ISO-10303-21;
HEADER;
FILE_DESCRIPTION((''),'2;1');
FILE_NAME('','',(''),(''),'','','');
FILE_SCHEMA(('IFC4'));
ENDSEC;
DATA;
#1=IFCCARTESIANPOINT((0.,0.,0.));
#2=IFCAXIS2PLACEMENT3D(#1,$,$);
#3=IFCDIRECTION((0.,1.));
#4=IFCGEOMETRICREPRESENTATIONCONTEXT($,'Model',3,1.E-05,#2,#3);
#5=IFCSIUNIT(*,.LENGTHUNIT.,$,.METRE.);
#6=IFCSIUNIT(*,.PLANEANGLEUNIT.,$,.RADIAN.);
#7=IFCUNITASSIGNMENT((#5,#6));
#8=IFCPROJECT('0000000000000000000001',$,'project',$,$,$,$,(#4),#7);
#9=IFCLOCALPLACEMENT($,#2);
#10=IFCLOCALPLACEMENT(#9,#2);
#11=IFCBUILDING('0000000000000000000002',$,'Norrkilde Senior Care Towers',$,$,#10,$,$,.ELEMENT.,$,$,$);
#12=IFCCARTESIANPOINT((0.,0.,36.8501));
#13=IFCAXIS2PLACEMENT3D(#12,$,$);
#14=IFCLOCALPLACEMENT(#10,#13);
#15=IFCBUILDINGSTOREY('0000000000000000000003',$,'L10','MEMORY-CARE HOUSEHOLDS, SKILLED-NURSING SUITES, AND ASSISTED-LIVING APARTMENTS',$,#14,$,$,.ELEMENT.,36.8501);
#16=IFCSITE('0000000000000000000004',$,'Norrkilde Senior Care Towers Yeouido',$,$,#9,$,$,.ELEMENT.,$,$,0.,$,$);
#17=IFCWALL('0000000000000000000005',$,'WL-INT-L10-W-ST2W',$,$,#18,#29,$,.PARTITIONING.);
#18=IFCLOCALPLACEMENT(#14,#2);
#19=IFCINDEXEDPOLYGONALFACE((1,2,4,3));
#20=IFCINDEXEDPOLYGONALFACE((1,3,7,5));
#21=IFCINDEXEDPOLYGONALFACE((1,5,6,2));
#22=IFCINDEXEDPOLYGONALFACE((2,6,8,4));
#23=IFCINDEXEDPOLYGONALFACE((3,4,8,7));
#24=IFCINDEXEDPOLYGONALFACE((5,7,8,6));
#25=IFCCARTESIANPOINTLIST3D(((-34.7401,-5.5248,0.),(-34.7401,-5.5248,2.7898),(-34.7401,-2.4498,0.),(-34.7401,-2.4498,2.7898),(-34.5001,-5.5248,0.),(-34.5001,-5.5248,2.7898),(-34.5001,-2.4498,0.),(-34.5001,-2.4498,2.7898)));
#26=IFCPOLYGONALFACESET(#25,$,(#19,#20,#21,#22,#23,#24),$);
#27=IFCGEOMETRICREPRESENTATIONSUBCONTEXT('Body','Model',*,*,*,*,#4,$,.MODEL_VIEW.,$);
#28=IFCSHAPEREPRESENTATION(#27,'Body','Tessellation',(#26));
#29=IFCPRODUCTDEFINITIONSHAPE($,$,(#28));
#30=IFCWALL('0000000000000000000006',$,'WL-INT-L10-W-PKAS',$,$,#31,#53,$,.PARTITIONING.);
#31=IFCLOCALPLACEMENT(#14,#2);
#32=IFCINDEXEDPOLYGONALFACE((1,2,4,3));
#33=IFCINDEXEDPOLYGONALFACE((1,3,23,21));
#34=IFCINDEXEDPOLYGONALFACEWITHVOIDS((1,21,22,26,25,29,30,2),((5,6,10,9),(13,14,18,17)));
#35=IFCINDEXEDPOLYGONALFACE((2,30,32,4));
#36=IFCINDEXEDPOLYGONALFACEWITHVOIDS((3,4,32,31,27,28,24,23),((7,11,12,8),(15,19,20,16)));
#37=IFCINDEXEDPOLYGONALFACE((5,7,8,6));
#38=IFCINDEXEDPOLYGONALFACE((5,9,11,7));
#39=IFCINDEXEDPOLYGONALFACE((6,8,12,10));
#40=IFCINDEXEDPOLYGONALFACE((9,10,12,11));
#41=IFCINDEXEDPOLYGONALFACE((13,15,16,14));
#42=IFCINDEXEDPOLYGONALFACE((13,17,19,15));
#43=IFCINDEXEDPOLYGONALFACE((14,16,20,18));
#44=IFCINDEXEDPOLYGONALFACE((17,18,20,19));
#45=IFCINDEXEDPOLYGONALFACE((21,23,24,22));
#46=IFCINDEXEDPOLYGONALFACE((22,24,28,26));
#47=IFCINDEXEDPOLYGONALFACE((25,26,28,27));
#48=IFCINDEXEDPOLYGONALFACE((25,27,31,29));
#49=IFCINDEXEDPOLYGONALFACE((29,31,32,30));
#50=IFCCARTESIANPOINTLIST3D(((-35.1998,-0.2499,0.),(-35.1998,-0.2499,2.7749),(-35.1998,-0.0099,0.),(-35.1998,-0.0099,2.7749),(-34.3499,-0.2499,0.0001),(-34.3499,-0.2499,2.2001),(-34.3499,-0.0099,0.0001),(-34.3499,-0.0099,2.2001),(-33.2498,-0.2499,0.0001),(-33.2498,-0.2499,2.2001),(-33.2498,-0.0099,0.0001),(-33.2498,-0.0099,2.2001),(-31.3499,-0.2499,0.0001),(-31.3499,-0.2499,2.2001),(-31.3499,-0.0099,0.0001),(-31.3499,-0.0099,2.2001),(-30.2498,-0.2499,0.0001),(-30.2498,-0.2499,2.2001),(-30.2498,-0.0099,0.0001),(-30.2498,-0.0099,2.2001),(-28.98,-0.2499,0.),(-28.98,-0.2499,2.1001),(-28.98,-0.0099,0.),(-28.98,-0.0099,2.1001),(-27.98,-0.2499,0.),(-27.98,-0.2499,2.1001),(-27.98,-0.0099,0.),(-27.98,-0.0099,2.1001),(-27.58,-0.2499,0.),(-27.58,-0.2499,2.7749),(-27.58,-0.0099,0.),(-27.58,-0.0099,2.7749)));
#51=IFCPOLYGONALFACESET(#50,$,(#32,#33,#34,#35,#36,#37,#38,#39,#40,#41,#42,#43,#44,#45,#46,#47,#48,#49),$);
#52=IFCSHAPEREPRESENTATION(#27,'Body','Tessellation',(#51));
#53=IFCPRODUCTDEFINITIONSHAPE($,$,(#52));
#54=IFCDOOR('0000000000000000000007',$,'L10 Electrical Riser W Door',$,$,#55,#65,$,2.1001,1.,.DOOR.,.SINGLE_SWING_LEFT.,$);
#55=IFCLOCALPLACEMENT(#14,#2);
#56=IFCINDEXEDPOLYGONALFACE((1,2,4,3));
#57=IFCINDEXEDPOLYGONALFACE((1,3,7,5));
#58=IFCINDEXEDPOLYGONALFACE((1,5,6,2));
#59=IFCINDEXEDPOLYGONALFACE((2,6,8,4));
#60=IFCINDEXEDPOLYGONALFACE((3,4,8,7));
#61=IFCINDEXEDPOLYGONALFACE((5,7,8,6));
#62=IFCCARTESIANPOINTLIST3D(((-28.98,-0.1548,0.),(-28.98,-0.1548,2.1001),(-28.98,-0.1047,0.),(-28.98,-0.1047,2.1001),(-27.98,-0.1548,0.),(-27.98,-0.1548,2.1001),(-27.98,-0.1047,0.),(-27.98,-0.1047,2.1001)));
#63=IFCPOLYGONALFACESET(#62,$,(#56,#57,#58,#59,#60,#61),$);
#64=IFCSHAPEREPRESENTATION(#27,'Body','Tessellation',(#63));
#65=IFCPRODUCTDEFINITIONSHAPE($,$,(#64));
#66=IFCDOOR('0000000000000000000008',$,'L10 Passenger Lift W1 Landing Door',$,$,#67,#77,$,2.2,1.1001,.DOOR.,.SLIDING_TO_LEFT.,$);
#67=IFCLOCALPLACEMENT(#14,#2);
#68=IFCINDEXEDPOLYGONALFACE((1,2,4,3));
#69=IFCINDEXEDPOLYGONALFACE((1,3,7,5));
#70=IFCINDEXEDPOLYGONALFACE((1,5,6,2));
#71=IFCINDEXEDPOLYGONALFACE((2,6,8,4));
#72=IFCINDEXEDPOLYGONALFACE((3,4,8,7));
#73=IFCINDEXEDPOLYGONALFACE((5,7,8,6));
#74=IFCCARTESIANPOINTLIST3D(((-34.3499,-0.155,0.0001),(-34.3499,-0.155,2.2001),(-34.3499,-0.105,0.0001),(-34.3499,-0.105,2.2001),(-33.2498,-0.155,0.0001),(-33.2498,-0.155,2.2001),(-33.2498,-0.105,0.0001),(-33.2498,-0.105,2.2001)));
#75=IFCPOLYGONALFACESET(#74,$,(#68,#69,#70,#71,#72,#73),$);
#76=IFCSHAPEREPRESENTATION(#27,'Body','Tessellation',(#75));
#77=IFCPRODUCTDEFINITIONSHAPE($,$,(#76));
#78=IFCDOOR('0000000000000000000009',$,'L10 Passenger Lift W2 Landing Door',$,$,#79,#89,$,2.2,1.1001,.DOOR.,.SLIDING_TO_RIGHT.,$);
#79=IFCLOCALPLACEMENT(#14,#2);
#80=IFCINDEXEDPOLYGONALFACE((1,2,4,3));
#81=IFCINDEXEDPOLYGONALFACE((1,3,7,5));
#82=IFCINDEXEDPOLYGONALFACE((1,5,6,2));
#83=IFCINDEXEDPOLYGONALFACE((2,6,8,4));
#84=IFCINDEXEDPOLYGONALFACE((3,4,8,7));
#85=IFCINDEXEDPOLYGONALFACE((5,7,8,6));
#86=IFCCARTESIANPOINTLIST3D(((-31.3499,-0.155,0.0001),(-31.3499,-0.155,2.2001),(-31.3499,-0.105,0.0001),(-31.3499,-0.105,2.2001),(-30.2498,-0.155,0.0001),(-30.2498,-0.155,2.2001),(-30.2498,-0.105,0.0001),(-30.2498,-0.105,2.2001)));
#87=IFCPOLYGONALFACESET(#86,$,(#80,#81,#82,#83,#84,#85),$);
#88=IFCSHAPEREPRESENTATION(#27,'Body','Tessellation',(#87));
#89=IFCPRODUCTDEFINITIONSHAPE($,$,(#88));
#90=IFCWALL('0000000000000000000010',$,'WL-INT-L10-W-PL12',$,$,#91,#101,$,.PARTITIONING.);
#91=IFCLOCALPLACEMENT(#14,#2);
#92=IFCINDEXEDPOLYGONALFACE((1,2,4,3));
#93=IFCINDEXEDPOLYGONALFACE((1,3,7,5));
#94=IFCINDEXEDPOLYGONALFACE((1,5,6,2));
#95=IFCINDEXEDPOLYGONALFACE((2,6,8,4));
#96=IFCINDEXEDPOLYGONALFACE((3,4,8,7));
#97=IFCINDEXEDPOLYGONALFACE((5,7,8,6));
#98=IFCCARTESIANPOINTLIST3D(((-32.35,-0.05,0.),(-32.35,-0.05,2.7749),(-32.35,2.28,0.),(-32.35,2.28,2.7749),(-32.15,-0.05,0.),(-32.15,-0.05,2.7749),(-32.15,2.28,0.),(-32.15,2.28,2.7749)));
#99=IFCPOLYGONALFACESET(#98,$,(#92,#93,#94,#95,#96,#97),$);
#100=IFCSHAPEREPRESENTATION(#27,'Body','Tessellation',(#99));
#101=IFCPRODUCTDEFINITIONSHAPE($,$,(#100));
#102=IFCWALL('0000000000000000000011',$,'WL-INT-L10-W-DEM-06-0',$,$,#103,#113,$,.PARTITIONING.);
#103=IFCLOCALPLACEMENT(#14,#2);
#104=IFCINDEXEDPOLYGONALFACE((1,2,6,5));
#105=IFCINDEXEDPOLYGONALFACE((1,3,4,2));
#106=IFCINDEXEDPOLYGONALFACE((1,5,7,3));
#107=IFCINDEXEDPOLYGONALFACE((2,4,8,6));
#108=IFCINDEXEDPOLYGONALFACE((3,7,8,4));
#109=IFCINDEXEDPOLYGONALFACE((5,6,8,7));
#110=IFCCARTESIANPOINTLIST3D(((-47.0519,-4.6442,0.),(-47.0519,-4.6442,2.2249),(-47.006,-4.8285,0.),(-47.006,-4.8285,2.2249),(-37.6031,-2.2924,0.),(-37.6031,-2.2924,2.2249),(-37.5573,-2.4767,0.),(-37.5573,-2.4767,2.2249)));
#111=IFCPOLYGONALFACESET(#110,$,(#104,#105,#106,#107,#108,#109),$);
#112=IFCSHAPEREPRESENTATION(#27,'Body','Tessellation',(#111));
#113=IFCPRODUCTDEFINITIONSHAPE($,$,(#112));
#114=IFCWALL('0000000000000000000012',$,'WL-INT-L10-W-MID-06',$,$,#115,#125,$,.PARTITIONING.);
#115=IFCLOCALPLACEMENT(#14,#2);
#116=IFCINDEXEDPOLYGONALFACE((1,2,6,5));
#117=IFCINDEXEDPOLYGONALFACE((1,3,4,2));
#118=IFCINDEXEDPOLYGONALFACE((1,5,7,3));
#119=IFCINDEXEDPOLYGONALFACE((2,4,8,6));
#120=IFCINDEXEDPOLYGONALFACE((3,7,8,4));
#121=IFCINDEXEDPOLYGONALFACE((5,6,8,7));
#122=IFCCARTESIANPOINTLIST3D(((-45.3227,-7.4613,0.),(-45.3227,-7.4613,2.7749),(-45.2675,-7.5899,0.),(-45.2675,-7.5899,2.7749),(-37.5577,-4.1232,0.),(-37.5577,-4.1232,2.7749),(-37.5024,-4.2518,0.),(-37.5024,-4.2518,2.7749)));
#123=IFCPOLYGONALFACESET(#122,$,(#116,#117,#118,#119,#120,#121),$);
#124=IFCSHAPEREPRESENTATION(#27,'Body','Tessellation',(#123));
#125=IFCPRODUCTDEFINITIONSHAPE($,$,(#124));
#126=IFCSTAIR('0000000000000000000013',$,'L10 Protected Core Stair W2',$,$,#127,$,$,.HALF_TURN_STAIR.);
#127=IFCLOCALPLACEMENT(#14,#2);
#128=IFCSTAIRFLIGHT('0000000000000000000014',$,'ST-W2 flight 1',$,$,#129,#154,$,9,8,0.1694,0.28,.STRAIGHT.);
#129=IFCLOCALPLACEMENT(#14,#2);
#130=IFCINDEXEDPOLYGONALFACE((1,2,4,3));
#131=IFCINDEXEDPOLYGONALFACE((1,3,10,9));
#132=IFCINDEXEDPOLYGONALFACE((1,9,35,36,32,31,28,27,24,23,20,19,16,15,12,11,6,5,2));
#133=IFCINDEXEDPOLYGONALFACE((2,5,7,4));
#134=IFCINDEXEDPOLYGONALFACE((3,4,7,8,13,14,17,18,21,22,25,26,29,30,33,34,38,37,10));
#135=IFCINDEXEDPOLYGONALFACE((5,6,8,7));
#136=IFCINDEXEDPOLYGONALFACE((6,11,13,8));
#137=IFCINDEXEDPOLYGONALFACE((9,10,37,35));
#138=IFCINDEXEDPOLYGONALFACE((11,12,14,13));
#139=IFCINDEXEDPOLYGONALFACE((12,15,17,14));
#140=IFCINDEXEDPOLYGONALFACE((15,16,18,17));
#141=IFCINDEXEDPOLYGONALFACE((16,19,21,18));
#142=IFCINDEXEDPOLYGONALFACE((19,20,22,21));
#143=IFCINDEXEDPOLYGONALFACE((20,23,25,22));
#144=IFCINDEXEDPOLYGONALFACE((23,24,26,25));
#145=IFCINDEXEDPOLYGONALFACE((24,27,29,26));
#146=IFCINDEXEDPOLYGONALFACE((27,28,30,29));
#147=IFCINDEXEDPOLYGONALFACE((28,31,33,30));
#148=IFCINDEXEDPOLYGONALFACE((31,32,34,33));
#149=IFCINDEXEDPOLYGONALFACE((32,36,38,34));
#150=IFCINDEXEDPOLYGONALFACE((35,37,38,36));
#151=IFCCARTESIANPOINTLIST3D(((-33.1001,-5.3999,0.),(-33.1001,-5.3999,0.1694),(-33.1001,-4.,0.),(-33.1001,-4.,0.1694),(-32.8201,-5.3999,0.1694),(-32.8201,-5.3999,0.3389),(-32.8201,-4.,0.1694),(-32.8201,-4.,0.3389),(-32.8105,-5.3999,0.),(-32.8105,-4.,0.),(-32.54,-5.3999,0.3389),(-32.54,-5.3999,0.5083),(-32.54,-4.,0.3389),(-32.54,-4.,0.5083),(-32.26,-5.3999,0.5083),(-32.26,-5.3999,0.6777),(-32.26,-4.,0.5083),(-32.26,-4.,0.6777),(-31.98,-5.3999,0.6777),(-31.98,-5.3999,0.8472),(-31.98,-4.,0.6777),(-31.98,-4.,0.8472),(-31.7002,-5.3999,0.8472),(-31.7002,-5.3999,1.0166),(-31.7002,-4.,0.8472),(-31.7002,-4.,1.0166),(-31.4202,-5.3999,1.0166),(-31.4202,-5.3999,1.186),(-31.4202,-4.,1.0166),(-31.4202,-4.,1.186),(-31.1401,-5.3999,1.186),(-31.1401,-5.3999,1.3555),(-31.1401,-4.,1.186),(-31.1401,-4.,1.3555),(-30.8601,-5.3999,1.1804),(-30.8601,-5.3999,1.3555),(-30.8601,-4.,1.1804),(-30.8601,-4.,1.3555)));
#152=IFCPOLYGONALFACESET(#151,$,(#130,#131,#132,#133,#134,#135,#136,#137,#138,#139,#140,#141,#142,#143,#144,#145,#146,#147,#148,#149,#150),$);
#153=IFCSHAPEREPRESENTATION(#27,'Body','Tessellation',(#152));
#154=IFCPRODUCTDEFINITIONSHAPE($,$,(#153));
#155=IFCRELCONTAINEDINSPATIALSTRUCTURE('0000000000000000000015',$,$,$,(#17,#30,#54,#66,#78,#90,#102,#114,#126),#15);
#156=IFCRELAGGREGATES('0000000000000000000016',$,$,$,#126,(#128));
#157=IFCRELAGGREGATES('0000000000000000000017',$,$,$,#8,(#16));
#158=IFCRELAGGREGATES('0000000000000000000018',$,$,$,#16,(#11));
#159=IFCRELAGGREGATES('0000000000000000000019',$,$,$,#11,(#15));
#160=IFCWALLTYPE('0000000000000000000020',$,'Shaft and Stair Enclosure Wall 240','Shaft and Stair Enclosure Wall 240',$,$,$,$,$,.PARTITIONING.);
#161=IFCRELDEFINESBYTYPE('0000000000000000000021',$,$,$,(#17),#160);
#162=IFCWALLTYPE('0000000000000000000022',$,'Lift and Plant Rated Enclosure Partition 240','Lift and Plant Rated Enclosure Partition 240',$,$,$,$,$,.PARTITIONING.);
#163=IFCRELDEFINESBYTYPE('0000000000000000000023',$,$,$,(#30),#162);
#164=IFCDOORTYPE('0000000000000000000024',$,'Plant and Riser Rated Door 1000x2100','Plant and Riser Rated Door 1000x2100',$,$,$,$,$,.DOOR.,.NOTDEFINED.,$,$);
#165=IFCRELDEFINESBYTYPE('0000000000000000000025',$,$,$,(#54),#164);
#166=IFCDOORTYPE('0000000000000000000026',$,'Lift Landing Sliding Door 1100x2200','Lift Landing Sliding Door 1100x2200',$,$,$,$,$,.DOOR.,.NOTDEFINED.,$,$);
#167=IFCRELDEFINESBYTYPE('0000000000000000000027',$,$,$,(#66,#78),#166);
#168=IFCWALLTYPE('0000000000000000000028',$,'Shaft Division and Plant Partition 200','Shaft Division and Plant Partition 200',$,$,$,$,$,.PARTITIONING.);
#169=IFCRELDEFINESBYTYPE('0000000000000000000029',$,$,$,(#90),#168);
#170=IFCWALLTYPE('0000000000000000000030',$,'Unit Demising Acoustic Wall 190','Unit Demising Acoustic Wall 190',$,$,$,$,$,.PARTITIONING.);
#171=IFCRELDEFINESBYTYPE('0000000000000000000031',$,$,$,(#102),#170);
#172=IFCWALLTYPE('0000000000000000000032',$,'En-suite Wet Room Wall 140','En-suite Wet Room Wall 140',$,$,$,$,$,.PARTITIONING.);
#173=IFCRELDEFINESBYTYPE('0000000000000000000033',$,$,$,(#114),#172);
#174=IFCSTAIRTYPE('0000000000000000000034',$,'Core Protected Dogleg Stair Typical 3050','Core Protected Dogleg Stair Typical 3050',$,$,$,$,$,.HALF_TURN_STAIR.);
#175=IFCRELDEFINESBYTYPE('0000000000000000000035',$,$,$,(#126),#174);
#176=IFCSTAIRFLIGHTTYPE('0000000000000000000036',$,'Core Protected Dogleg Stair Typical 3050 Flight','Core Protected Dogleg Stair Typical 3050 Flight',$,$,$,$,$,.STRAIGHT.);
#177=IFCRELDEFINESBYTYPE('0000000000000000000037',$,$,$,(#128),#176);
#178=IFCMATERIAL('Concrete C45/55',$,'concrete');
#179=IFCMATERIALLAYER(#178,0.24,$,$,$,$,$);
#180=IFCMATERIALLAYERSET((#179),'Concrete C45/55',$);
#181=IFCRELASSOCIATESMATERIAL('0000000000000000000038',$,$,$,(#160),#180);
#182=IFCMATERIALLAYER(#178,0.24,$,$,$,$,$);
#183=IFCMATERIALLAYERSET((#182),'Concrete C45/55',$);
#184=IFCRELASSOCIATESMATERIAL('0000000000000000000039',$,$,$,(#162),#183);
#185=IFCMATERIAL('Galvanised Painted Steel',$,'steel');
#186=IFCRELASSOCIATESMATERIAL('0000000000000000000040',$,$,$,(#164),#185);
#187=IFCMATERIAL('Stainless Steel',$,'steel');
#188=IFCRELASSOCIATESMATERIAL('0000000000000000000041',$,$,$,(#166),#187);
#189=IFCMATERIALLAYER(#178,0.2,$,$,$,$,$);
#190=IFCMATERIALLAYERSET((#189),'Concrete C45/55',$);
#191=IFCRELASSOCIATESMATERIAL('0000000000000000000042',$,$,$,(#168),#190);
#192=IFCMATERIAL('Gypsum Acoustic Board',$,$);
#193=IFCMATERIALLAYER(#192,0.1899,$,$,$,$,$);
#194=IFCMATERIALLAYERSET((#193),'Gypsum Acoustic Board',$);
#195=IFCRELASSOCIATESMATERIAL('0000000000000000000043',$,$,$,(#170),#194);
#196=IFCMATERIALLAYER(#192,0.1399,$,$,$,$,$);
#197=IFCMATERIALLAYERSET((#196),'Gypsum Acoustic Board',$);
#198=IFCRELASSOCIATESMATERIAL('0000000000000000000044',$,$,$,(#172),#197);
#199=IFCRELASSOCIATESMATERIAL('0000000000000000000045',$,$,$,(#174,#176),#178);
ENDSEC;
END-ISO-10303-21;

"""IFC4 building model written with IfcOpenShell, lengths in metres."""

from ifc_helpers import new_model, si_unit, direction, frame, frame_2d, origin, place, context, subcontext, project, spatial, polyline, rectangle, outline, extrude, source, transform, mapped, material, layer, layer_set, type_object, type_shapes, element, fill, aggregate, save


model = new_model("IFC4")

# Units and contexts
model_context = context("Model", 3, precision=1e-05, world=origin(), true_north=direction((0.0, 1.0)))
body_context = subcontext(model_context, "Body", "Model", "MODEL_VIEW")
ifc_project = project(units=[si_unit("LENGTHUNIT", "METRE"), si_unit("PLANEANGLEUNIT", "RADIAN")], contexts=[model_context])

# Site, building, storey
site_placement = place(None, origin())
site = spatial("IfcSite", under=ifc_project, at=site_placement, Name="Norrkilde Senior Care Towers Yeouido", CompositionType="ELEMENT", RefElevation=0.0)
building_placement = place(site_placement, origin())
building = spatial("IfcBuilding", under=site, at=building_placement, Name="Norrkilde Senior Care Towers", CompositionType="ELEMENT")
storey_placement = place(building_placement, frame((0.0, 0.0, 36.8501)))
storey = spatial("IfcBuildingStorey", under=building, at=storey_placement, Name="L10", Description="MEMORY-CARE HOUSEHOLDS, SKILLED-NURSING SUITES, AND ASSISTED-LIVING APARTMENTS", CompositionType="ELEMENT", Elevation=36.8501)

# Shared definitions
ifc_material_1 = material(Name="Galvanised Painted Steel", Category="steel")

# Shared definitions
ifc_material_2 = material(Name="Concrete C45/55", Category="concrete")
ifc_layer_1 = layer(ifc_material_2, 0.24)
ifc_layer_set_1 = layer_set([ifc_layer_1], Name="Concrete C45/55")
wall_type_1 = type_object("IfcWallType", Name="Shaft and Stair Enclosure Wall 240", Description="Shaft and Stair Enclosure Wall 240", PredefinedType="PARTITIONING", material=ifc_layer_set_1)

# Wall
shared_shape_1 = source(origin(), body_context, "Body", "SweptSolid", [
    extrude(rectangle(XDim=3.075, YDim=0.24, at=frame_2d((1.5376, 0.0))), origin(), (0.0, 0.0, 1.0), 2.7898),
])
wall_1_placement = place(storey_placement, frame((-34.6201, -5.5249, 0.0), z_axis=(0.0, 0.0, 1.0), x_axis=(0.0, 1.0, 0.0)))
element("IfcWall", 1, at=wall_1_placement, inside=storey, type_object=wall_type_1, Name="WL-INT-L10-W-ST2W", PredefinedType="PARTITIONING", context=body_context, shape_type="MappedRepresentation", body=[
    mapped(shared_shape_1, transform((0.0, 0.0, 0.0), x_axis=(1.0, 0.0, 0.0), y_axis=(0.0, 1.0, 0.0), z_axis=(0.0, 0.0, 1.0), scale=1.0)),
])

# Wall, openings, doors
ifc_layer_2 = layer(ifc_material_2, 0.24)
ifc_layer_set_2 = layer_set([ifc_layer_2], Name="Concrete C45/55")
wall_type_2 = type_object("IfcWallType", Name="Lift and Plant Rated Enclosure Partition 240", Description="Lift and Plant Rated Enclosure Partition 240", PredefinedType="PARTITIONING", material=ifc_layer_set_2)
shared_shape_2 = source(origin(), body_context, "Body", "SweptSolid", [
    extrude(rectangle(XDim=7.6199, YDim=0.24, at=frame_2d((3.8101, 0.0))), origin(), (0.0, 0.0, 1.0), 2.7749),
])
type_shapes(wall_type_2, [shared_shape_2])
wall_2_placement = place(storey_placement, frame((-35.2, -0.1299, 0.0), z_axis=(0.0, 0.0, 1.0), x_axis=(1.0, 0.0, 0.0)))
wall_2 = element("IfcWall", 2, at=wall_2_placement, inside=storey, type_object=wall_type_2, Name="WL-INT-L10-W-PKAS", PredefinedType="PARTITIONING", context=body_context, shape_type="MappedRepresentation", body=[
    mapped(shared_shape_2, transform((0.0, 0.0, 0.0), x_axis=(1.0, 0.0, 0.0), y_axis=(0.0, 1.0, 0.0), z_axis=(0.0, 0.0, 1.0), scale=1.0)),
])
opening_1_placement = place(wall_2_placement, frame((6.22, 0.0, 0.0)))
opening_1 = element("IfcOpeningElement", 3, at=opening_1_placement, cuts=wall_2, PredefinedType="OPENING", context=body_context, shape_type="SweptSolid", body=[
    extrude(rectangle(XDim=1.0, YDim=2.1001, at=frame_2d((0.5, 1.05))), frame((0.0, 0.1299, 0.0), z_axis=(0.0, -1.0, 0.0), x_axis=(1.0, 0.0, 0.0)), (0.0, 0.0, 1.0), 0.26),
])
opening_2_placement = place(wall_2_placement, frame((0.8501, 0.0, 0.0)))
opening_2 = element("IfcOpeningElement", 4, at=opening_2_placement, cuts=wall_2, PredefinedType="OPENING", context=body_context, shape_type="SweptSolid", body=[
    extrude(rectangle(XDim=1.1001, YDim=2.2, at=frame_2d((0.55, 1.1001))), frame((0.0, 0.1299, 0.0), z_axis=(0.0, -1.0, 0.0), x_axis=(1.0, 0.0, 0.0)), (0.0, 0.0, 1.0), 0.26),
])
opening_3_placement = place(wall_2_placement, frame((3.8501, 0.0, 0.0)))
opening_3 = element("IfcOpeningElement", 5, at=opening_3_placement, cuts=wall_2, PredefinedType="OPENING", context=body_context, shape_type="SweptSolid", body=[
    extrude(rectangle(XDim=1.1001, YDim=2.2, at=frame_2d((0.55, 1.1001))), frame((0.0, 0.1299, 0.0), z_axis=(0.0, -1.0, 0.0), x_axis=(1.0, 0.0, 0.0)), (0.0, 0.0, 1.0), 0.26),
])
door_type_1 = type_object("IfcDoorType", Name="Plant and Riser Rated Door 1000x2100", Description="Plant and Riser Rated Door 1000x2100", OperationType="NOTDEFINED", PredefinedType="DOOR", material=ifc_material_1)
shared_shape_3 = source(origin(), body_context, "Body", "SweptSolid", [
    extrude(rectangle(XDim=1.0, YDim=2.1001, at=frame_2d((0.5, 1.05))), frame((0.0, 0.0249, 0.0), z_axis=(0.0, -1.0, 0.0), x_axis=(1.0, 0.0, 0.0)), (0.0, 0.0, 1.0), 0.05),
])
type_shapes(door_type_1, [shared_shape_3])
door_1_placement = place(opening_1_placement, frame((1.0, 0.0, 0.0), z_axis=(0.0, 0.0, 1.0), x_axis=(-1.0, 0.0, 0.0)))
door_1 = element("IfcDoor", 6, at=door_1_placement, inside=storey, type_object=door_type_1, Name="L10 Electrical Riser W Door", OperationType="SINGLE_SWING_LEFT", OverallHeight=2.1001, OverallWidth=1.0, PredefinedType="DOOR", context=body_context, shape_type="MappedRepresentation", body=[
    mapped(shared_shape_3, transform((0.0, 0.0, 0.0), x_axis=(1.0, 0.0, 0.0), y_axis=(0.0, 1.0, 0.0), z_axis=(0.0, 0.0, 1.0), scale=1.0)),
])
fill(opening_1, door_1)
ifc_material_3 = material(Name="Stainless Steel", Category="steel")
door_type_2 = type_object("IfcDoorType", Name="Lift Landing Sliding Door 1100x2200", Description="Lift Landing Sliding Door 1100x2200", OperationType="NOTDEFINED", PredefinedType="DOOR", material=ifc_material_3)
shared_shape_4 = source(origin(), body_context, "Body", "SweptSolid", [
    extrude(rectangle(XDim=1.1001, YDim=2.2, at=frame_2d((0.55, 1.1001))), frame((0.0, 0.0249, 0.0), z_axis=(0.0, -1.0, 0.0), x_axis=(1.0, 0.0, 0.0)), (0.0, 0.0, 1.0), 0.05),
])
type_shapes(door_type_2, [shared_shape_4])
door_2_placement = place(opening_2_placement, origin())
door_2 = element("IfcDoor", 7, at=door_2_placement, inside=storey, type_object=door_type_2, Name="L10 Passenger Lift W1 Landing Door", OperationType="SLIDING_TO_LEFT", OverallHeight=2.2, OverallWidth=1.1001, PredefinedType="DOOR", context=body_context, shape_type="MappedRepresentation", body=[
    mapped(shared_shape_4, transform((0.0, 0.0, 0.0), x_axis=(1.0, 0.0, 0.0), y_axis=(0.0, 1.0, 0.0), z_axis=(0.0, 0.0, 1.0), scale=1.0)),
])
fill(opening_2, door_2)
door_3_placement = place(opening_3_placement, origin())
door_3 = element("IfcDoor", 8, at=door_3_placement, inside=storey, type_object=door_type_2, Name="L10 Passenger Lift W2 Landing Door", OperationType="SLIDING_TO_RIGHT", OverallHeight=2.2, OverallWidth=1.1001, PredefinedType="DOOR", context=body_context, shape_type="MappedRepresentation", body=[
    mapped(shared_shape_4, transform((0.0, 0.0, 0.0), x_axis=(1.0, 0.0, 0.0), y_axis=(0.0, 1.0, 0.0), z_axis=(0.0, 0.0, 1.0), scale=1.0)),
])
fill(opening_3, door_3)

# Walls
ifc_layer_3 = layer(ifc_material_2, 0.2)
ifc_layer_set_3 = layer_set([ifc_layer_3], Name="Concrete C45/55")
wall_type_3 = type_object("IfcWallType", Name="Shaft Division and Plant Partition 200", Description="Shaft Division and Plant Partition 200", PredefinedType="PARTITIONING", material=ifc_layer_set_3)
shared_shape_5 = source(origin(), body_context, "Body", "SweptSolid", [
    extrude(rectangle(XDim=2.3301, YDim=0.2, at=frame_2d((1.165, 0.0))), origin(), (0.0, 0.0, 1.0), 2.7749),
])
type_shapes(wall_type_3, [shared_shape_5])
wall_3_placement = place(storey_placement, frame((-32.25, -0.05, 0.0), z_axis=(0.0, 0.0, 1.0), x_axis=(0.0, 1.0, 0.0)))
element("IfcWall", 9, at=wall_3_placement, inside=storey, type_object=wall_type_3, Name="WL-INT-L10-W-PL12", PredefinedType="PARTITIONING", context=body_context, shape_type="MappedRepresentation", body=[
    mapped(shared_shape_5, transform((0.0, 0.0, 0.0), x_axis=(1.0, 0.0, 0.0), y_axis=(0.0, 1.0, 0.0), z_axis=(0.0, 0.0, 1.0), scale=1.0)),
])
ifc_material_4 = material(Name="Gypsum Acoustic Board")
ifc_layer_4 = layer(ifc_material_4, 0.1899)
ifc_layer_set_4 = layer_set([ifc_layer_4], Name="Gypsum Acoustic Board")
wall_type_4 = type_object("IfcWallType", Name="Unit Demising Acoustic Wall 190", Description="Unit Demising Acoustic Wall 190", PredefinedType="PARTITIONING", material=ifc_layer_set_4)
shared_shape_6 = source(origin(), body_context, "Body", "SweptSolid", [
    extrude(rectangle(XDim=9.7371, YDim=0.1899, at=frame_2d((4.8687, 0.0))), origin(), (0.0, 0.0, 1.0), 2.2249),
])
type_shapes(wall_type_4, [shared_shape_6])
wall_4_placement = place(storey_placement, frame((-37.5801, -2.3845, 0.0), z_axis=(0.0, 0.0, 1.0), x_axis=(-0.970393, -0.241533, 0.0)))
element("IfcWall", 10, at=wall_4_placement, inside=storey, type_object=wall_type_4, Name="WL-INT-L10-W-DEM-06-0", PredefinedType="PARTITIONING", context=body_context, shape_type="MappedRepresentation", body=[
    mapped(shared_shape_6, transform((0.0, 0.0, 0.0), x_axis=(1.0, 0.0, 0.0), y_axis=(0.0, 1.0, 0.0), z_axis=(0.0, 0.0, 1.0), scale=1.0)),
])
ifc_layer_5 = layer(ifc_material_4, 0.1399)
ifc_layer_set_5 = layer_set([ifc_layer_5], Name="Gypsum Acoustic Board")
wall_type_5 = type_object("IfcWallType", Name="En-suite Wet Room Wall 140", Description="En-suite Wet Room Wall 140", PredefinedType="PARTITIONING", material=ifc_layer_set_5)
shared_shape_7 = source(origin(), body_context, "Body", "SweptSolid", [
    extrude(rectangle(XDim=8.4521, YDim=0.1399, at=frame_2d((4.2261, 0.0))), origin(), (0.0, 0.0, 1.0), 2.7749),
])
type_shapes(wall_type_5, [shared_shape_7])
wall_5_placement = place(storey_placement, frame((-37.53, -4.1875, 0.0), z_axis=(0.0, 0.0, 1.0), x_axis=(-0.918707, -0.39494, 0.0)))
element("IfcWall", 11, at=wall_5_placement, inside=storey, type_object=wall_type_5, Name="WL-INT-L10-W-MID-06", PredefinedType="PARTITIONING", context=body_context, shape_type="MappedRepresentation", body=[
    mapped(shared_shape_7, transform((0.0, 0.0, 0.0), x_axis=(1.0, 0.0, 0.0), y_axis=(0.0, 1.0, 0.0), z_axis=(0.0, 0.0, 1.0), scale=1.0)),
])

# Stair, stair flight
stair_type = type_object("IfcStairType", Name="Core Protected Dogleg Stair Typical 3050", Description="Core Protected Dogleg Stair Typical 3050", PredefinedType="HALF_TURN_STAIR", material=ifc_material_2)
stair_placement = place(storey_placement, origin())
stair = element("IfcStair", 12, at=stair_placement, inside=storey, type_object=stair_type, Name="L10 Protected Core Stair W2", PredefinedType="HALF_TURN_STAIR")
stair_flight_type = type_object("IfcStairFlightType", Name="Core Protected Dogleg Stair Typical 3050 Flight", Description="Core Protected Dogleg Stair Typical 3050 Flight", PredefinedType="STRAIGHT", material=ifc_material_2)
stair_flight_1_placement = place(storey_placement, frame((-33.1001, -4.7, 0.0), z_axis=(0.0, 0.0, 1.0), x_axis=(1.0, 0.0, 0.0)))
stair_flight_1 = element("IfcStairFlight", 13, at=stair_flight_1_placement, type_object=stair_flight_type, Name="ST-W2 flight 1", NumberOfRisers=9, NumberOfTreads=8, PredefinedType="STRAIGHT", RiserHeight=0.1694, TreadLength=0.28, context=body_context, shape_type="SweptSolid", body=[
    extrude(outline(polyline([(0.0, 0.0), (0.0, 0.1694), (0.28, 0.1694), (0.28, 0.3389), (0.5601, 0.3389), (0.5601, 0.5083), (0.8401, 0.5083), (0.8401, 0.6777), (1.1201, 0.6777), (1.1201, 0.8472), (1.3999, 0.8472), (1.3999, 1.0166), (1.6799, 1.0166), (1.6799, 1.186), (1.96, 1.186), (1.96, 1.3555), (2.24, 1.3555), (2.24, 1.5249), (2.24, 1.1804), (0.2896, 0.0), (0.0, 0.0)])), frame((0.0, 0.7, 0.0), z_axis=(0.0, -1.0, 0.0), x_axis=(1.0, 0.0, 0.0)), (0.0, 0.0, 1.0), 1.3999),
])
aggregate(stair, [stair_flight_1])

save(model, "model.ifc")
